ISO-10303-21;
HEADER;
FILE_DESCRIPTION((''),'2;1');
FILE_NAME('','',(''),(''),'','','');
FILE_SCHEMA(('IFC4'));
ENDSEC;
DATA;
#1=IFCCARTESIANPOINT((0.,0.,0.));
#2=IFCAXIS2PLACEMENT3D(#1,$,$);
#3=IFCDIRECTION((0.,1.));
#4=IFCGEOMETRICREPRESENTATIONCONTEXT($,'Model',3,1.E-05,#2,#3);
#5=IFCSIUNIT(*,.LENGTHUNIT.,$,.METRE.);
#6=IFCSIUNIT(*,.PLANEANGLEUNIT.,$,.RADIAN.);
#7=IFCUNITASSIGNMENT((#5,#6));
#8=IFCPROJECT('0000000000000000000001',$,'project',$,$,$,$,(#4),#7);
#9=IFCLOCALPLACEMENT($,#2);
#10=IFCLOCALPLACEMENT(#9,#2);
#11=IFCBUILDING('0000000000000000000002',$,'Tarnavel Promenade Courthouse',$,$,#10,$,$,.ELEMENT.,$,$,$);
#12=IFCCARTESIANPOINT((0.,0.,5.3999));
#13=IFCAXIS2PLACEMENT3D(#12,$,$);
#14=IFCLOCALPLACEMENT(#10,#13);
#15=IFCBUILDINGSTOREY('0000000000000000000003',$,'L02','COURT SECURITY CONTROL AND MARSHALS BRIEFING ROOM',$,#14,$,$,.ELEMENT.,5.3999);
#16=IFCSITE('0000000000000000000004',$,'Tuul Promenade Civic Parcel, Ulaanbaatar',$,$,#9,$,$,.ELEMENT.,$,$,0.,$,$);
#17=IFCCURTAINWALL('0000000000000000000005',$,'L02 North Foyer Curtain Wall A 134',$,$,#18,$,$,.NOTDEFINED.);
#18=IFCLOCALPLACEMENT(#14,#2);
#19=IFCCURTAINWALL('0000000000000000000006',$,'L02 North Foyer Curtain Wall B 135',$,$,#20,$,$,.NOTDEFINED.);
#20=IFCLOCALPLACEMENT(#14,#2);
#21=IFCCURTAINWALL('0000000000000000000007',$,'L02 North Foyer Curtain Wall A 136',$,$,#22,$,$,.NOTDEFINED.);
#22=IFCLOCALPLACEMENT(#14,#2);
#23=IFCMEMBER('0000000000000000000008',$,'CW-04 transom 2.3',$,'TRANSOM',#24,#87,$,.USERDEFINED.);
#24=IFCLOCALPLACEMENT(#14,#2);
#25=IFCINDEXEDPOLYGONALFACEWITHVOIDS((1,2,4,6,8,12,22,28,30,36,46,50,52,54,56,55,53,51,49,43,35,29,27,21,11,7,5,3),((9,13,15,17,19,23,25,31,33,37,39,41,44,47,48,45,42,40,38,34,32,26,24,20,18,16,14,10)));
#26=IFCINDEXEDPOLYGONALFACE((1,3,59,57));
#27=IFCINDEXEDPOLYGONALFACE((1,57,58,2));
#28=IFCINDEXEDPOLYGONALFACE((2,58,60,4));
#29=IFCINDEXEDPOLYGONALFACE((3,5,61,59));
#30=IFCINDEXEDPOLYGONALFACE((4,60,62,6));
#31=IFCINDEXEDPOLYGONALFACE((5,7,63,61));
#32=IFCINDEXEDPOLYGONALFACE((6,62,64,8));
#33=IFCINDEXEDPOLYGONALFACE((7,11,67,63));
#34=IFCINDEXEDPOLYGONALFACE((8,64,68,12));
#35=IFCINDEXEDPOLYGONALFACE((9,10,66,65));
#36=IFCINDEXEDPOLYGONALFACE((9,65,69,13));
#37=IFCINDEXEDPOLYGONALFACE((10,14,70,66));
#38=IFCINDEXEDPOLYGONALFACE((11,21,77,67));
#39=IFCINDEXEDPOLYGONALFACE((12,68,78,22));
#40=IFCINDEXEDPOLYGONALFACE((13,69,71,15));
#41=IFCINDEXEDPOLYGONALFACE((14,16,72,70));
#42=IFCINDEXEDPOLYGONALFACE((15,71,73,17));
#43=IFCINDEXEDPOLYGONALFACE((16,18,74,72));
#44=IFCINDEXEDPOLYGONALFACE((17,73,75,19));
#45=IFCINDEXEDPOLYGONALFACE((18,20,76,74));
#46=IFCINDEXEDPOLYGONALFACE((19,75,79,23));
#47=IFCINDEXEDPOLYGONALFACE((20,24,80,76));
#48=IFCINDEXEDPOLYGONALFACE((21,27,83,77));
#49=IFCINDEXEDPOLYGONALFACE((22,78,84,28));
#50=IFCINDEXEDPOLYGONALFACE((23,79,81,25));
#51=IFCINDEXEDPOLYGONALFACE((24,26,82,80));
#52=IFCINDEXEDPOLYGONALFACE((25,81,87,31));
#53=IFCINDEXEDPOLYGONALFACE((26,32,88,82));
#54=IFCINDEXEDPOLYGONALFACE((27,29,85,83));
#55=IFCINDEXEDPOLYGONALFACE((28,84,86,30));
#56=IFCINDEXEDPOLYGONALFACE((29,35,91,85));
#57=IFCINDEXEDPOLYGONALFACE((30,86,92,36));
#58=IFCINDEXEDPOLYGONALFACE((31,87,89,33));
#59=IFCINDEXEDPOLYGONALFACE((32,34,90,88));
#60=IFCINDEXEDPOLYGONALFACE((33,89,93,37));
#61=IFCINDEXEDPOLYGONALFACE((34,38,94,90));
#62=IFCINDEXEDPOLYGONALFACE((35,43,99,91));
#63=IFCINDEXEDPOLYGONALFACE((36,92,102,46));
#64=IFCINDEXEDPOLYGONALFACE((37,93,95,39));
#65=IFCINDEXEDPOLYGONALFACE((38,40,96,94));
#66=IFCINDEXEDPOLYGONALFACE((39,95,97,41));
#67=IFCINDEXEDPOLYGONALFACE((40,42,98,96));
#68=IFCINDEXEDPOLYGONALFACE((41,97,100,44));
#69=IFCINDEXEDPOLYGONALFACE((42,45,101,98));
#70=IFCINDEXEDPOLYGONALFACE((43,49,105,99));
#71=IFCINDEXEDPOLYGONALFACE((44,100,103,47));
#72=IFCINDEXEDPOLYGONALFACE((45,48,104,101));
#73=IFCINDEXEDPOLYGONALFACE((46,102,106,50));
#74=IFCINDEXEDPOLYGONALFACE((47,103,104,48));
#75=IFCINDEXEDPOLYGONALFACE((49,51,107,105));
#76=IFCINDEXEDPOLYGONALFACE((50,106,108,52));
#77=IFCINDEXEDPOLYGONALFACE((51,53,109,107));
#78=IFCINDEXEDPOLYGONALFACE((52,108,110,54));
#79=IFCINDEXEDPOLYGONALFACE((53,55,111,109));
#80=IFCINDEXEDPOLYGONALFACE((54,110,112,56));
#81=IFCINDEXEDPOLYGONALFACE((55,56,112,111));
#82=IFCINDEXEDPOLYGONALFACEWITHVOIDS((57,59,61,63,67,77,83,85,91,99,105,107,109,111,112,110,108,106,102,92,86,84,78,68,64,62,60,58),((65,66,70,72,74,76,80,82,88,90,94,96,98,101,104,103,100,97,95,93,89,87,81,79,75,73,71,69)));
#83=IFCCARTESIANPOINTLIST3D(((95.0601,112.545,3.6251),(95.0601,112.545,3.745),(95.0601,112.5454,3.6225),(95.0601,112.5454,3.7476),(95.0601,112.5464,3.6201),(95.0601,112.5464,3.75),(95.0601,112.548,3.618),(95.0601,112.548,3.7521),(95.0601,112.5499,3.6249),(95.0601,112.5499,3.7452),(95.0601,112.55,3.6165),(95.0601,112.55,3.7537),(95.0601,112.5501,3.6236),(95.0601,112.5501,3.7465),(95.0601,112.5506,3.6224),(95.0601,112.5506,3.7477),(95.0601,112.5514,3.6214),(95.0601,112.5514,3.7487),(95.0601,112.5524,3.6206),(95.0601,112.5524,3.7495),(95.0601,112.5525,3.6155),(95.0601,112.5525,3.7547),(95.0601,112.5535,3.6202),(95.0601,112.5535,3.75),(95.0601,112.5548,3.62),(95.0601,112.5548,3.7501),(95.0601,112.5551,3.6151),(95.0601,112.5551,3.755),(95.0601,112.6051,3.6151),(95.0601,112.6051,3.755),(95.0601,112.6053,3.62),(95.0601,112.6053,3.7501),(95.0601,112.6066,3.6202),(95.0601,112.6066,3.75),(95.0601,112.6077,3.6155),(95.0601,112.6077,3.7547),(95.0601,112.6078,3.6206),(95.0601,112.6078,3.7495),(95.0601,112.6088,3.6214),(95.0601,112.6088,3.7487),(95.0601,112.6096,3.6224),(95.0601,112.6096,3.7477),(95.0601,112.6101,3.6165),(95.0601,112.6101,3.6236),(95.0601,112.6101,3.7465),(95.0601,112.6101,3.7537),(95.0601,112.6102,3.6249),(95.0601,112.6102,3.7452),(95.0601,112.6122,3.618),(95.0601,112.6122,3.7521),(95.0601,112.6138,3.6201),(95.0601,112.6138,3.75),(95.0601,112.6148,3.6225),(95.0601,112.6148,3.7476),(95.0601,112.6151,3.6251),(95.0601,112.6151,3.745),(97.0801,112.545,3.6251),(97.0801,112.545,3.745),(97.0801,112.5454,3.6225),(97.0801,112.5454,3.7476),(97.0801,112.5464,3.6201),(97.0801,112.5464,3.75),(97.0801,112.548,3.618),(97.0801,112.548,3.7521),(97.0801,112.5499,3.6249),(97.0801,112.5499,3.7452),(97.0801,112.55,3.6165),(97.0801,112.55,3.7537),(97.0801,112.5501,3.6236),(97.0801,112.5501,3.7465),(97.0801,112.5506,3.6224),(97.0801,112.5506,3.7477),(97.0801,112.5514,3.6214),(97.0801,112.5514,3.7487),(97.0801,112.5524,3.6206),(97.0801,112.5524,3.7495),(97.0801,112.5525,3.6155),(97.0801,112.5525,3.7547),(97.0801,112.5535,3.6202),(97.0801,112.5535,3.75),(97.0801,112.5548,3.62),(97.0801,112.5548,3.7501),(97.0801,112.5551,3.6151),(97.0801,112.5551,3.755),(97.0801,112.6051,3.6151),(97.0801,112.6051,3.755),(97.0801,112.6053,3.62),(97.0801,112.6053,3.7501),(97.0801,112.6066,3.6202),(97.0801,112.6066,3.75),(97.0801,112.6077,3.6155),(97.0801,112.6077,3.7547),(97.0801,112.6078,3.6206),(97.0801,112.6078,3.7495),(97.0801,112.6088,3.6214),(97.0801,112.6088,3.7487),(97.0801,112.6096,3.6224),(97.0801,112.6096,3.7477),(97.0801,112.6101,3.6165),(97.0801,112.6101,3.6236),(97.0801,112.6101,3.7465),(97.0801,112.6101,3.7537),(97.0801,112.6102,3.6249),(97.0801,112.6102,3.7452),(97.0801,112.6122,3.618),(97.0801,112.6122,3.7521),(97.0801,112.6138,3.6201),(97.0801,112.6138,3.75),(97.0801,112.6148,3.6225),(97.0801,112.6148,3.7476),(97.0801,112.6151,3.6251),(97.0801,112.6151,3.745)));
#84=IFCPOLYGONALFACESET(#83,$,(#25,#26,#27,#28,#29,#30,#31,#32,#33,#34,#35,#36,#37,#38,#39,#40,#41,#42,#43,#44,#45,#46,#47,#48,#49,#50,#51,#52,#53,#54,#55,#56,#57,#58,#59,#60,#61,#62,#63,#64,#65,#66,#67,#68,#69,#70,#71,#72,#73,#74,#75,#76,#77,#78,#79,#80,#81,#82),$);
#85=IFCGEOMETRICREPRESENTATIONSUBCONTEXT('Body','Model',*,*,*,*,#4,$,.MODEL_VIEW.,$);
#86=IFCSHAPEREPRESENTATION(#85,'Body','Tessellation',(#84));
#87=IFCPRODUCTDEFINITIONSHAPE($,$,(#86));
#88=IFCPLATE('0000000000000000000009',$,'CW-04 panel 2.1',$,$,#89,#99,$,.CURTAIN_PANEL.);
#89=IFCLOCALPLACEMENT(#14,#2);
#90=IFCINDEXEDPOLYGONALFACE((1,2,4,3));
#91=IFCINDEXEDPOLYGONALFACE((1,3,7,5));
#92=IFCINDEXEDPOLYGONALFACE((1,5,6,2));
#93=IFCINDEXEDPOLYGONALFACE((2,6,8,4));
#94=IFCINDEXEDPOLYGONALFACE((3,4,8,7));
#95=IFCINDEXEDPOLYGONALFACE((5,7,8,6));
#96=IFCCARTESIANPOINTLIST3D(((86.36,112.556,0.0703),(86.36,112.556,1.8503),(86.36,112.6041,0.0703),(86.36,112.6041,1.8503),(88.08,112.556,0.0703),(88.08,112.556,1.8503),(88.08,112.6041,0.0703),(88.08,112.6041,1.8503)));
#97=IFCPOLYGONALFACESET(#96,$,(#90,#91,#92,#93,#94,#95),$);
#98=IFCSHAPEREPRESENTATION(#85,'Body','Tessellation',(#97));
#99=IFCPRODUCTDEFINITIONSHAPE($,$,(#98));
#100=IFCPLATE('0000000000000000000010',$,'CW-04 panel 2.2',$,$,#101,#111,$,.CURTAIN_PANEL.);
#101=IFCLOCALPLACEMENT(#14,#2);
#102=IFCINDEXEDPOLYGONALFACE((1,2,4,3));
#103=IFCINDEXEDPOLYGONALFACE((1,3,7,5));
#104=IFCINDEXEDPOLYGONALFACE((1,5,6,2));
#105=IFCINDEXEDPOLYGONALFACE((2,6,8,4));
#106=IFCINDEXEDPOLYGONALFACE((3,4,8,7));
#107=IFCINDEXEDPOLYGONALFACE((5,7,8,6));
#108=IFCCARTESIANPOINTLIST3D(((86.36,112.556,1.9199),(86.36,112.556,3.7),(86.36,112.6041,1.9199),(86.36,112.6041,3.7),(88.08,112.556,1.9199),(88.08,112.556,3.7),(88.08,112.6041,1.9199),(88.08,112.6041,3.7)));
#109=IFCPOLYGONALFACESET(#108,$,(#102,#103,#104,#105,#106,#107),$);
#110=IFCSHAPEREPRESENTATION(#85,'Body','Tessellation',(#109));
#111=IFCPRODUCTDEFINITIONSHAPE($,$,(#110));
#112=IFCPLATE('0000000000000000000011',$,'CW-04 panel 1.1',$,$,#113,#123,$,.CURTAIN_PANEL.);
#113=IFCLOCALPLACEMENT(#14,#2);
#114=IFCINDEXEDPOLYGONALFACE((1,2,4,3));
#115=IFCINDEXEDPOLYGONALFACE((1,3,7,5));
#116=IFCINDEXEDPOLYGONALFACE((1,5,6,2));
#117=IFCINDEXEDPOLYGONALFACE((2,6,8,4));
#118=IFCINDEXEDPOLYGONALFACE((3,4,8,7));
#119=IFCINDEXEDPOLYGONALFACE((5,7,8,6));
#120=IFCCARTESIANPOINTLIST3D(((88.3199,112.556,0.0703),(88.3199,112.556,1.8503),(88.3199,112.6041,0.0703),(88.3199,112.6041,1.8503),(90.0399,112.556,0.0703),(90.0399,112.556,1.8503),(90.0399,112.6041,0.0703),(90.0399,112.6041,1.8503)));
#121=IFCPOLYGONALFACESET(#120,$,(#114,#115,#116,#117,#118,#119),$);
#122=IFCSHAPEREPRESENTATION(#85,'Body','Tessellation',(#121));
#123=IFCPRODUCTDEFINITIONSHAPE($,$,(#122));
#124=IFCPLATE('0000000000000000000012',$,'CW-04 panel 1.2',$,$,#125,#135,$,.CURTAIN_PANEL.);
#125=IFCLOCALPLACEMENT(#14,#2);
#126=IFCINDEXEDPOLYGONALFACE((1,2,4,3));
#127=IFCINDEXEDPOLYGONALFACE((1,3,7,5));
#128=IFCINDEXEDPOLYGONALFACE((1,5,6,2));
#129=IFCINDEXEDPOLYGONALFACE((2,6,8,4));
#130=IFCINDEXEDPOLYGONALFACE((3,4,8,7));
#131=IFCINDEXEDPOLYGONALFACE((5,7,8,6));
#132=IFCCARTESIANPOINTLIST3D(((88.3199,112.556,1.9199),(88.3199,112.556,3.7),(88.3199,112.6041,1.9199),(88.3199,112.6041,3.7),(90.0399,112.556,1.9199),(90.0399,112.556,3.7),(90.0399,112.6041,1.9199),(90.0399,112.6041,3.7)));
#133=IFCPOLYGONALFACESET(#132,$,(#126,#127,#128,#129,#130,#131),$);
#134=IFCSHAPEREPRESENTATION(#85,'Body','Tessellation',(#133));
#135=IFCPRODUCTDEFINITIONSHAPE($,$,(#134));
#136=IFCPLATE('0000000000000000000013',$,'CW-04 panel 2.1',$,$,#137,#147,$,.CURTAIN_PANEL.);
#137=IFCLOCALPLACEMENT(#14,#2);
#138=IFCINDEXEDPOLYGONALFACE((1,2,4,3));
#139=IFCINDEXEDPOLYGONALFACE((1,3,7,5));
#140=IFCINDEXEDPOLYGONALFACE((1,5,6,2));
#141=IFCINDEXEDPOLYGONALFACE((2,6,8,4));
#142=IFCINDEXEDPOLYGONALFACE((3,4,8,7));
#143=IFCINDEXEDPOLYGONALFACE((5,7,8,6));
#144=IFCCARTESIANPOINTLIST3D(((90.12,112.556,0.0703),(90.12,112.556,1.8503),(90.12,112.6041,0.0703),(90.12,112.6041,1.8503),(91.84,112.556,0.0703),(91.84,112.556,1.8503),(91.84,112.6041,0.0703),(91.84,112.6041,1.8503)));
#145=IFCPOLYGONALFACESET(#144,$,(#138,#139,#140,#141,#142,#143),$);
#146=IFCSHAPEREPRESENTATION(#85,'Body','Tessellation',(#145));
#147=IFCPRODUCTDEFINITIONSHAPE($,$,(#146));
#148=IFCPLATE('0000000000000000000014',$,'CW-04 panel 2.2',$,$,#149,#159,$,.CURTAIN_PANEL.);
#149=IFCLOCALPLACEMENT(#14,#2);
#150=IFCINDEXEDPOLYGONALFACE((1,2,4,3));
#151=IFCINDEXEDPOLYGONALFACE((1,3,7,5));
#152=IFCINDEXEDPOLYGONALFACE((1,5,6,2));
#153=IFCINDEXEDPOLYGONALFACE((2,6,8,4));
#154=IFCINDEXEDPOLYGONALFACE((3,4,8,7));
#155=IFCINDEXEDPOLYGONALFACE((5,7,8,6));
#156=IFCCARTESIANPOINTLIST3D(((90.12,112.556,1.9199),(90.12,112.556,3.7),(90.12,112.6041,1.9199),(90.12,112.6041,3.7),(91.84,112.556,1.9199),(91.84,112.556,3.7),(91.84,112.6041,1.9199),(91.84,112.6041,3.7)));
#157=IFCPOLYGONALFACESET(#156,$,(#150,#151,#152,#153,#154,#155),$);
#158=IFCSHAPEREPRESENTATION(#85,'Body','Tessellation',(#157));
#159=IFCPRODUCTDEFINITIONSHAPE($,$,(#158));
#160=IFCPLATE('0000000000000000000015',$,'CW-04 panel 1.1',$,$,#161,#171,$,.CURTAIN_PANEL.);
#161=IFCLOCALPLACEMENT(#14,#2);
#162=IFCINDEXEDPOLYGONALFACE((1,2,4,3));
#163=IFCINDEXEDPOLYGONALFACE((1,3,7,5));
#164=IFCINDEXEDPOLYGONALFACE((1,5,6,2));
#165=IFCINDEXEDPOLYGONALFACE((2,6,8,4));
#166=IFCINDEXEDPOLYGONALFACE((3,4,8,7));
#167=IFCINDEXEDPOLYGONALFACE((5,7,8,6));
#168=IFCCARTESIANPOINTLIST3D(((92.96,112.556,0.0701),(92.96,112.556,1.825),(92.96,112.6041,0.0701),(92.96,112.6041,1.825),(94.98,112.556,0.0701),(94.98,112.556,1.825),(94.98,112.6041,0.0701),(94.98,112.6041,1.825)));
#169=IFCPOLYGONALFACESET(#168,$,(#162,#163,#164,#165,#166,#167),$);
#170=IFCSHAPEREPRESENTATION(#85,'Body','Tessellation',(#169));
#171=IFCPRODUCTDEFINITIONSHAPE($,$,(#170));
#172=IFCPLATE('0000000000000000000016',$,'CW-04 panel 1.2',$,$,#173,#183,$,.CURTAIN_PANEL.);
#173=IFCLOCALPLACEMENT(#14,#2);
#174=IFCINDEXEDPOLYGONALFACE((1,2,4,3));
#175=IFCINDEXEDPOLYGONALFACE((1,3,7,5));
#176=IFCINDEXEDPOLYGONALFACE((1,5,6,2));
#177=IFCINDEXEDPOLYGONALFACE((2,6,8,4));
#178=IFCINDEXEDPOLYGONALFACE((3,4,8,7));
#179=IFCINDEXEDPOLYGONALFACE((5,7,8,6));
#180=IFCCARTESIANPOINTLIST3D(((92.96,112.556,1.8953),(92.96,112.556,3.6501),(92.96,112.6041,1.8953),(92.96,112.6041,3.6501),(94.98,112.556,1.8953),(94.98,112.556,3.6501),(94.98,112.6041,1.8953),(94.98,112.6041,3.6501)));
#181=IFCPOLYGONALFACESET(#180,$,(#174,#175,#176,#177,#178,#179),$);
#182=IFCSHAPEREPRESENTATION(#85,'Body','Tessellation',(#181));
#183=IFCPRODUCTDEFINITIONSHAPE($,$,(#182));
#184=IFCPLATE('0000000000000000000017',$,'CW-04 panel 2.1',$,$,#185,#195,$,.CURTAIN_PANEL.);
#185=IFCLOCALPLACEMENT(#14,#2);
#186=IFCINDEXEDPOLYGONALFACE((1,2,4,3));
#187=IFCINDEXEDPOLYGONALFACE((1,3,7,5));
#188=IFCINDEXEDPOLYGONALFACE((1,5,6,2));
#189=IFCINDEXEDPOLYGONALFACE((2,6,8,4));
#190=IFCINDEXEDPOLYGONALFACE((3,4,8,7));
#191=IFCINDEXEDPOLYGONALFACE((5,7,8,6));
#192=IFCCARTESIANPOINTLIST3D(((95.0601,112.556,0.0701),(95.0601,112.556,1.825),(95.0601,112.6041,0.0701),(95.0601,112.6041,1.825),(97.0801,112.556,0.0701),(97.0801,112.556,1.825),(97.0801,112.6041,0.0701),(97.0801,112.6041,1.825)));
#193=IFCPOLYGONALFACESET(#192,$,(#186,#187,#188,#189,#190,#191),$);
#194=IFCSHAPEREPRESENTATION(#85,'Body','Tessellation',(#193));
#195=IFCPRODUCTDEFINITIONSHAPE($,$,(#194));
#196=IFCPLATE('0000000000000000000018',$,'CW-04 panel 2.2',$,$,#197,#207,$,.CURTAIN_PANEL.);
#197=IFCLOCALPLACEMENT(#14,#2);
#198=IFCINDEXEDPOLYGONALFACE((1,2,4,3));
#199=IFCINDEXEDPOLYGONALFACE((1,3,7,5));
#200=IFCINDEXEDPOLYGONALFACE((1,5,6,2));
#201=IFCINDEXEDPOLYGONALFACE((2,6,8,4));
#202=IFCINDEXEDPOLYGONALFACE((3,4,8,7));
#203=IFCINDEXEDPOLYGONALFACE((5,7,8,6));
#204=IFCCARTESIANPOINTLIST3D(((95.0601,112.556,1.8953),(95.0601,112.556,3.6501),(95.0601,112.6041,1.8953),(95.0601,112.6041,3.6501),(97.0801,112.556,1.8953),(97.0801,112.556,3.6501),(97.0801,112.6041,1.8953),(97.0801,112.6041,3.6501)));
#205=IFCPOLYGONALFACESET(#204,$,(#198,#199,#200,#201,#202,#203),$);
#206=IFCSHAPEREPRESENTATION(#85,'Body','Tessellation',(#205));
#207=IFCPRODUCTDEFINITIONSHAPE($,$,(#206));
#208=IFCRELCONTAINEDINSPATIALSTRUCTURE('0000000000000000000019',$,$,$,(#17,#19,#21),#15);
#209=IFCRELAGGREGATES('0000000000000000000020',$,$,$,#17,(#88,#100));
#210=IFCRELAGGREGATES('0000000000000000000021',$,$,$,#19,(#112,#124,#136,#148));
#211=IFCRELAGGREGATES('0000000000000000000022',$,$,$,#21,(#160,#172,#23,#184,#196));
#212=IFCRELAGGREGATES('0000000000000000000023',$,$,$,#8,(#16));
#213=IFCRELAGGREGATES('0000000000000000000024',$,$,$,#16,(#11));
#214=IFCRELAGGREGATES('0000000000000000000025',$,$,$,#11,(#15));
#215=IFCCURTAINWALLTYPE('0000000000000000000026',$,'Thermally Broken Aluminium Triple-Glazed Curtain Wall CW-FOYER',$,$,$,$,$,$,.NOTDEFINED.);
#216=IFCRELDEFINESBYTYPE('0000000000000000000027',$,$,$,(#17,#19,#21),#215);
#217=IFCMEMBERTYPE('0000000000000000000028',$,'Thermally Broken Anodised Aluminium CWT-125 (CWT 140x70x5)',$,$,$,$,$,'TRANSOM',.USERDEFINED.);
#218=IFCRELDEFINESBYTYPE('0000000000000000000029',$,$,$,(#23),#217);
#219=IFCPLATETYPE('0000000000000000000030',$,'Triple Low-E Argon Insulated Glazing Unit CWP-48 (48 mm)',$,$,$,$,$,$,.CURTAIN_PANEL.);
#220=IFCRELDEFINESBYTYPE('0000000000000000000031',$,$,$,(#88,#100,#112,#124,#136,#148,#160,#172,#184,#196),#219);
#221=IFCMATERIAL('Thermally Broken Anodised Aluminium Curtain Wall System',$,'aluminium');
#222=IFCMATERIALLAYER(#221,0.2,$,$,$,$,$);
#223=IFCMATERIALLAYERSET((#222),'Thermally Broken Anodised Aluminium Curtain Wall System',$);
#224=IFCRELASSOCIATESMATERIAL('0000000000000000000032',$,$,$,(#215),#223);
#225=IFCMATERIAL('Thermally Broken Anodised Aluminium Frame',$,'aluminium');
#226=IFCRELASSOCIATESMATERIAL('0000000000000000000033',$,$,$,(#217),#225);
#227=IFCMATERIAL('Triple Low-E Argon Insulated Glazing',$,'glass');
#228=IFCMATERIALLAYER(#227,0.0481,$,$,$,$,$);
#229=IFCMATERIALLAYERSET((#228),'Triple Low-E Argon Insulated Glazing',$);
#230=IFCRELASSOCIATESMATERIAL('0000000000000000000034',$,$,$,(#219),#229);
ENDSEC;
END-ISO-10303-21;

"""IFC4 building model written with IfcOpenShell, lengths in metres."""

from ifc_helpers import new_model, si_unit, direction, frame, origin, origin_2d, place, context, subcontext, project, spatial, rectangle, hollow_rectangle, extrude, material, layer, layer_set, material_profile, profile_set, type_object, element, aggregate, save


model = new_model("IFC4")

# Units and contexts
model_context = context("Model", 3, precision=1e-05, world=origin(), true_north=direction((0.0, 1.0)))
body_context = subcontext(model_context, "Body", "Model", "MODEL_VIEW")
ifc_project = project(units=[si_unit("LENGTHUNIT", "METRE"), si_unit("PLANEANGLEUNIT", "RADIAN")], contexts=[model_context])

# Site, building, storey
site_placement = place(None, origin())
site = spatial("IfcSite", under=ifc_project, at=site_placement, Name="Tuul Promenade Civic Parcel, Ulaanbaatar", CompositionType="ELEMENT", RefElevation=0.0)
building_placement = place(site_placement, origin())
building = spatial("IfcBuilding", under=site, at=building_placement, Name="Tarnavel Promenade Courthouse", CompositionType="ELEMENT")
storey_placement = place(building_placement, frame((0.0, 0.0, 5.3999)))
storey = spatial("IfcBuildingStorey", under=building, at=storey_placement, Name="L02", Description="COURT SECURITY CONTROL AND MARSHALS BRIEFING ROOM", CompositionType="ELEMENT", Elevation=5.3999)

# Curtain wall
ifc_material_1 = material(Name="Thermally Broken Anodised Aluminium Curtain Wall System", Category="aluminium")
ifc_layer_1 = layer(ifc_material_1, 0.2)
ifc_layer_set_1 = layer_set([ifc_layer_1], Name="Thermally Broken Anodised Aluminium Curtain Wall System")
curtain_wall_type = type_object("IfcCurtainWallType", Name="Thermally Broken Aluminium Triple-Glazed Curtain Wall CW-FOYER", PredefinedType="NOTDEFINED", material=ifc_layer_set_1)
curtain_wall_1_placement = place(storey_placement, origin())
curtain_wall_1 = element("IfcCurtainWall", 1, at=curtain_wall_1_placement, inside=storey, type_object=curtain_wall_type, Name="L02 North Foyer Curtain Wall A 134", PredefinedType="NOTDEFINED")
ifc_material_2 = material(Name="Thermally Broken Anodised Aluminium Frame", Category="aluminium")

# Curtain walls
curtain_wall_2_placement = place(storey_placement, origin())
curtain_wall_2 = element("IfcCurtainWall", 2, at=curtain_wall_2_placement, inside=storey, type_object=curtain_wall_type, Name="L02 North Foyer Curtain Wall B 135", PredefinedType="NOTDEFINED")
curtain_wall_3_placement = place(storey_placement, origin())
curtain_wall_3 = element("IfcCurtainWall", 3, at=curtain_wall_3_placement, inside=storey, type_object=curtain_wall_type, Name="L02 North Foyer Curtain Wall A 136", PredefinedType="NOTDEFINED")

# Member
ifc_material_profile_1 = material_profile(ifc_material_2, hollow_rectangle(XDim=0.0701, YDim=0.1399, WallThickness=0.0049, InnerFilletRadius=0.0049, OuterFilletRadius=0.01, at=origin_2d()), Name="CWT 140x70x5")
ifc_profile_set_1 = profile_set([ifc_material_profile_1], Name="Thermally Broken Anodised Aluminium Frame")
member_type_1 = type_object("IfcMemberType", Name="Thermally Broken Anodised Aluminium CWT-125 (CWT 140x70x5)", ElementType="TRANSOM", PredefinedType="USERDEFINED", material=ifc_profile_set_1)
member_1_placement = place(storey_placement, frame((95.0601, 112.5801, 3.6851), z_axis=(1.0, 0.0, 0.0), x_axis=(0.0, 1.0, 0.0)))
member_1 = element("IfcMember", 4, at=member_1_placement, type_object=member_type_1, Name="CW-04 transom 2.3", ObjectType="TRANSOM", PredefinedType="USERDEFINED", context=body_context, shape_type="SweptSolid", body=[
    extrude(hollow_rectangle(XDim=0.0701, YDim=0.1399, WallThickness=0.0049, InnerFilletRadius=0.0049, OuterFilletRadius=0.01, at=origin_2d()), origin(), (0.0, 0.0, 1.0), 2.02),
])

# Plates
ifc_material_3 = material(Name="Triple Low-E Argon Insulated Glazing", Category="glass")
ifc_layer_2 = layer(ifc_material_3, 0.0481)
ifc_layer_set_2 = layer_set([ifc_layer_2], Name="Triple Low-E Argon Insulated Glazing")
plate_type = type_object("IfcPlateType", Name="Triple Low-E Argon Insulated Glazing Unit CWP-48 (48 mm)", PredefinedType="CURTAIN_PANEL", material=ifc_layer_set_2)
plate_1_placement = place(storey_placement, frame((87.22, 112.5801, 0.0703), z_axis=(0.0, 0.0, 1.0), x_axis=(1.0, 0.0, 0.0)))
plate_1 = element("IfcPlate", 5, at=plate_1_placement, type_object=plate_type, Name="CW-04 panel 2.1", PredefinedType="CURTAIN_PANEL", context=body_context, shape_type="SweptSolid", body=[
    extrude(rectangle(XDim=1.72, YDim=0.0481, at=origin_2d()), origin(), (0.0, 0.0, 1.0), 1.78),
])
plate_2_placement = place(storey_placement, frame((87.22, 112.5801, 1.9199), z_axis=(0.0, 0.0, 1.0), x_axis=(1.0, 0.0, 0.0)))
plate_2 = element("IfcPlate", 6, at=plate_2_placement, type_object=plate_type, Name="CW-04 panel 2.2", PredefinedType="CURTAIN_PANEL", context=body_context, shape_type="SweptSolid", body=[
    extrude(rectangle(XDim=1.72, YDim=0.0481, at=origin_2d()), origin(), (0.0, 0.0, 1.0), 1.78),
])
aggregate(curtain_wall_1, [plate_1, plate_2])
plate_3_placement = place(storey_placement, frame((89.1799, 112.5801, 0.0703), z_axis=(0.0, 0.0, 1.0), x_axis=(1.0, 0.0, 0.0)))
plate_3 = element("IfcPlate", 7, at=plate_3_placement, type_object=plate_type, Name="CW-04 panel 1.1", PredefinedType="CURTAIN_PANEL", context=body_context, shape_type="SweptSolid", body=[
    extrude(rectangle(XDim=1.72, YDim=0.0481, at=origin_2d()), origin(), (0.0, 0.0, 1.0), 1.78),
])
plate_4_placement = place(storey_placement, frame((89.1799, 112.5801, 1.9199), z_axis=(0.0, 0.0, 1.0), x_axis=(1.0, 0.0, 0.0)))
plate_4 = element("IfcPlate", 8, at=plate_4_placement, type_object=plate_type, Name="CW-04 panel 1.2", PredefinedType="CURTAIN_PANEL", context=body_context, shape_type="SweptSolid", body=[
    extrude(rectangle(XDim=1.72, YDim=0.0481, at=origin_2d()), origin(), (0.0, 0.0, 1.0), 1.78),
])
plate_5_placement = place(storey_placement, frame((90.98, 112.5801, 0.0703), z_axis=(0.0, 0.0, 1.0), x_axis=(1.0, 0.0, 0.0)))
plate_5 = element("IfcPlate", 9, at=plate_5_placement, type_object=plate_type, Name="CW-04 panel 2.1", PredefinedType="CURTAIN_PANEL", context=body_context, shape_type="SweptSolid", body=[
    extrude(rectangle(XDim=1.72, YDim=0.0481, at=origin_2d()), origin(), (0.0, 0.0, 1.0), 1.78),
])
plate_6_placement = place(storey_placement, frame((90.98, 112.5801, 1.9199), z_axis=(0.0, 0.0, 1.0), x_axis=(1.0, 0.0, 0.0)))
plate_6 = element("IfcPlate", 10, at=plate_6_placement, type_object=plate_type, Name="CW-04 panel 2.2", PredefinedType="CURTAIN_PANEL", context=body_context, shape_type="SweptSolid", body=[
    extrude(rectangle(XDim=1.72, YDim=0.0481, at=origin_2d()), origin(), (0.0, 0.0, 1.0), 1.78),
])
aggregate(curtain_wall_2, [plate_3, plate_4, plate_5, plate_6])
plate_7_placement = place(storey_placement, frame((93.97, 112.5801, 0.0701), z_axis=(0.0, 0.0, 1.0), x_axis=(1.0, 0.0, 0.0)))
plate_7 = element("IfcPlate", 11, at=plate_7_placement, type_object=plate_type, Name="CW-04 panel 1.1", PredefinedType="CURTAIN_PANEL", context=body_context, shape_type="SweptSolid", body=[
    extrude(rectangle(XDim=2.02, YDim=0.0481, at=origin_2d()), origin(), (0.0, 0.0, 1.0), 1.7549),
])
plate_8_placement = place(storey_placement, frame((93.97, 112.5801, 1.8953), z_axis=(0.0, 0.0, 1.0), x_axis=(1.0, 0.0, 0.0)))
plate_8 = element("IfcPlate", 12, at=plate_8_placement, type_object=plate_type, Name="CW-04 panel 1.2", PredefinedType="CURTAIN_PANEL", context=body_context, shape_type="SweptSolid", body=[
    extrude(rectangle(XDim=2.02, YDim=0.0481, at=origin_2d()), origin(), (0.0, 0.0, 1.0), 1.7549),
])
plate_9_placement = place(storey_placement, frame((96.0701, 112.5801, 0.0701), z_axis=(0.0, 0.0, 1.0), x_axis=(1.0, 0.0, 0.0)))
plate_9 = element("IfcPlate", 13, at=plate_9_placement, type_object=plate_type, Name="CW-04 panel 2.1", PredefinedType="CURTAIN_PANEL", context=body_context, shape_type="SweptSolid", body=[
    extrude(rectangle(XDim=2.02, YDim=0.0481, at=origin_2d()), origin(), (0.0, 0.0, 1.0), 1.7549),
])
plate_10_placement = place(storey_placement, frame((96.0701, 112.5801, 1.8953), z_axis=(0.0, 0.0, 1.0), x_axis=(1.0, 0.0, 0.0)))
plate_10 = element("IfcPlate", 14, at=plate_10_placement, type_object=plate_type, Name="CW-04 panel 2.2", PredefinedType="CURTAIN_PANEL", context=body_context, shape_type="SweptSolid", body=[
    extrude(rectangle(XDim=2.02, YDim=0.0481, at=origin_2d()), origin(), (0.0, 0.0, 1.0), 1.7549),
])
aggregate(curtain_wall_3, [plate_7, plate_8, member_1, plate_9, plate_10])

save(model, "model.ifc")
